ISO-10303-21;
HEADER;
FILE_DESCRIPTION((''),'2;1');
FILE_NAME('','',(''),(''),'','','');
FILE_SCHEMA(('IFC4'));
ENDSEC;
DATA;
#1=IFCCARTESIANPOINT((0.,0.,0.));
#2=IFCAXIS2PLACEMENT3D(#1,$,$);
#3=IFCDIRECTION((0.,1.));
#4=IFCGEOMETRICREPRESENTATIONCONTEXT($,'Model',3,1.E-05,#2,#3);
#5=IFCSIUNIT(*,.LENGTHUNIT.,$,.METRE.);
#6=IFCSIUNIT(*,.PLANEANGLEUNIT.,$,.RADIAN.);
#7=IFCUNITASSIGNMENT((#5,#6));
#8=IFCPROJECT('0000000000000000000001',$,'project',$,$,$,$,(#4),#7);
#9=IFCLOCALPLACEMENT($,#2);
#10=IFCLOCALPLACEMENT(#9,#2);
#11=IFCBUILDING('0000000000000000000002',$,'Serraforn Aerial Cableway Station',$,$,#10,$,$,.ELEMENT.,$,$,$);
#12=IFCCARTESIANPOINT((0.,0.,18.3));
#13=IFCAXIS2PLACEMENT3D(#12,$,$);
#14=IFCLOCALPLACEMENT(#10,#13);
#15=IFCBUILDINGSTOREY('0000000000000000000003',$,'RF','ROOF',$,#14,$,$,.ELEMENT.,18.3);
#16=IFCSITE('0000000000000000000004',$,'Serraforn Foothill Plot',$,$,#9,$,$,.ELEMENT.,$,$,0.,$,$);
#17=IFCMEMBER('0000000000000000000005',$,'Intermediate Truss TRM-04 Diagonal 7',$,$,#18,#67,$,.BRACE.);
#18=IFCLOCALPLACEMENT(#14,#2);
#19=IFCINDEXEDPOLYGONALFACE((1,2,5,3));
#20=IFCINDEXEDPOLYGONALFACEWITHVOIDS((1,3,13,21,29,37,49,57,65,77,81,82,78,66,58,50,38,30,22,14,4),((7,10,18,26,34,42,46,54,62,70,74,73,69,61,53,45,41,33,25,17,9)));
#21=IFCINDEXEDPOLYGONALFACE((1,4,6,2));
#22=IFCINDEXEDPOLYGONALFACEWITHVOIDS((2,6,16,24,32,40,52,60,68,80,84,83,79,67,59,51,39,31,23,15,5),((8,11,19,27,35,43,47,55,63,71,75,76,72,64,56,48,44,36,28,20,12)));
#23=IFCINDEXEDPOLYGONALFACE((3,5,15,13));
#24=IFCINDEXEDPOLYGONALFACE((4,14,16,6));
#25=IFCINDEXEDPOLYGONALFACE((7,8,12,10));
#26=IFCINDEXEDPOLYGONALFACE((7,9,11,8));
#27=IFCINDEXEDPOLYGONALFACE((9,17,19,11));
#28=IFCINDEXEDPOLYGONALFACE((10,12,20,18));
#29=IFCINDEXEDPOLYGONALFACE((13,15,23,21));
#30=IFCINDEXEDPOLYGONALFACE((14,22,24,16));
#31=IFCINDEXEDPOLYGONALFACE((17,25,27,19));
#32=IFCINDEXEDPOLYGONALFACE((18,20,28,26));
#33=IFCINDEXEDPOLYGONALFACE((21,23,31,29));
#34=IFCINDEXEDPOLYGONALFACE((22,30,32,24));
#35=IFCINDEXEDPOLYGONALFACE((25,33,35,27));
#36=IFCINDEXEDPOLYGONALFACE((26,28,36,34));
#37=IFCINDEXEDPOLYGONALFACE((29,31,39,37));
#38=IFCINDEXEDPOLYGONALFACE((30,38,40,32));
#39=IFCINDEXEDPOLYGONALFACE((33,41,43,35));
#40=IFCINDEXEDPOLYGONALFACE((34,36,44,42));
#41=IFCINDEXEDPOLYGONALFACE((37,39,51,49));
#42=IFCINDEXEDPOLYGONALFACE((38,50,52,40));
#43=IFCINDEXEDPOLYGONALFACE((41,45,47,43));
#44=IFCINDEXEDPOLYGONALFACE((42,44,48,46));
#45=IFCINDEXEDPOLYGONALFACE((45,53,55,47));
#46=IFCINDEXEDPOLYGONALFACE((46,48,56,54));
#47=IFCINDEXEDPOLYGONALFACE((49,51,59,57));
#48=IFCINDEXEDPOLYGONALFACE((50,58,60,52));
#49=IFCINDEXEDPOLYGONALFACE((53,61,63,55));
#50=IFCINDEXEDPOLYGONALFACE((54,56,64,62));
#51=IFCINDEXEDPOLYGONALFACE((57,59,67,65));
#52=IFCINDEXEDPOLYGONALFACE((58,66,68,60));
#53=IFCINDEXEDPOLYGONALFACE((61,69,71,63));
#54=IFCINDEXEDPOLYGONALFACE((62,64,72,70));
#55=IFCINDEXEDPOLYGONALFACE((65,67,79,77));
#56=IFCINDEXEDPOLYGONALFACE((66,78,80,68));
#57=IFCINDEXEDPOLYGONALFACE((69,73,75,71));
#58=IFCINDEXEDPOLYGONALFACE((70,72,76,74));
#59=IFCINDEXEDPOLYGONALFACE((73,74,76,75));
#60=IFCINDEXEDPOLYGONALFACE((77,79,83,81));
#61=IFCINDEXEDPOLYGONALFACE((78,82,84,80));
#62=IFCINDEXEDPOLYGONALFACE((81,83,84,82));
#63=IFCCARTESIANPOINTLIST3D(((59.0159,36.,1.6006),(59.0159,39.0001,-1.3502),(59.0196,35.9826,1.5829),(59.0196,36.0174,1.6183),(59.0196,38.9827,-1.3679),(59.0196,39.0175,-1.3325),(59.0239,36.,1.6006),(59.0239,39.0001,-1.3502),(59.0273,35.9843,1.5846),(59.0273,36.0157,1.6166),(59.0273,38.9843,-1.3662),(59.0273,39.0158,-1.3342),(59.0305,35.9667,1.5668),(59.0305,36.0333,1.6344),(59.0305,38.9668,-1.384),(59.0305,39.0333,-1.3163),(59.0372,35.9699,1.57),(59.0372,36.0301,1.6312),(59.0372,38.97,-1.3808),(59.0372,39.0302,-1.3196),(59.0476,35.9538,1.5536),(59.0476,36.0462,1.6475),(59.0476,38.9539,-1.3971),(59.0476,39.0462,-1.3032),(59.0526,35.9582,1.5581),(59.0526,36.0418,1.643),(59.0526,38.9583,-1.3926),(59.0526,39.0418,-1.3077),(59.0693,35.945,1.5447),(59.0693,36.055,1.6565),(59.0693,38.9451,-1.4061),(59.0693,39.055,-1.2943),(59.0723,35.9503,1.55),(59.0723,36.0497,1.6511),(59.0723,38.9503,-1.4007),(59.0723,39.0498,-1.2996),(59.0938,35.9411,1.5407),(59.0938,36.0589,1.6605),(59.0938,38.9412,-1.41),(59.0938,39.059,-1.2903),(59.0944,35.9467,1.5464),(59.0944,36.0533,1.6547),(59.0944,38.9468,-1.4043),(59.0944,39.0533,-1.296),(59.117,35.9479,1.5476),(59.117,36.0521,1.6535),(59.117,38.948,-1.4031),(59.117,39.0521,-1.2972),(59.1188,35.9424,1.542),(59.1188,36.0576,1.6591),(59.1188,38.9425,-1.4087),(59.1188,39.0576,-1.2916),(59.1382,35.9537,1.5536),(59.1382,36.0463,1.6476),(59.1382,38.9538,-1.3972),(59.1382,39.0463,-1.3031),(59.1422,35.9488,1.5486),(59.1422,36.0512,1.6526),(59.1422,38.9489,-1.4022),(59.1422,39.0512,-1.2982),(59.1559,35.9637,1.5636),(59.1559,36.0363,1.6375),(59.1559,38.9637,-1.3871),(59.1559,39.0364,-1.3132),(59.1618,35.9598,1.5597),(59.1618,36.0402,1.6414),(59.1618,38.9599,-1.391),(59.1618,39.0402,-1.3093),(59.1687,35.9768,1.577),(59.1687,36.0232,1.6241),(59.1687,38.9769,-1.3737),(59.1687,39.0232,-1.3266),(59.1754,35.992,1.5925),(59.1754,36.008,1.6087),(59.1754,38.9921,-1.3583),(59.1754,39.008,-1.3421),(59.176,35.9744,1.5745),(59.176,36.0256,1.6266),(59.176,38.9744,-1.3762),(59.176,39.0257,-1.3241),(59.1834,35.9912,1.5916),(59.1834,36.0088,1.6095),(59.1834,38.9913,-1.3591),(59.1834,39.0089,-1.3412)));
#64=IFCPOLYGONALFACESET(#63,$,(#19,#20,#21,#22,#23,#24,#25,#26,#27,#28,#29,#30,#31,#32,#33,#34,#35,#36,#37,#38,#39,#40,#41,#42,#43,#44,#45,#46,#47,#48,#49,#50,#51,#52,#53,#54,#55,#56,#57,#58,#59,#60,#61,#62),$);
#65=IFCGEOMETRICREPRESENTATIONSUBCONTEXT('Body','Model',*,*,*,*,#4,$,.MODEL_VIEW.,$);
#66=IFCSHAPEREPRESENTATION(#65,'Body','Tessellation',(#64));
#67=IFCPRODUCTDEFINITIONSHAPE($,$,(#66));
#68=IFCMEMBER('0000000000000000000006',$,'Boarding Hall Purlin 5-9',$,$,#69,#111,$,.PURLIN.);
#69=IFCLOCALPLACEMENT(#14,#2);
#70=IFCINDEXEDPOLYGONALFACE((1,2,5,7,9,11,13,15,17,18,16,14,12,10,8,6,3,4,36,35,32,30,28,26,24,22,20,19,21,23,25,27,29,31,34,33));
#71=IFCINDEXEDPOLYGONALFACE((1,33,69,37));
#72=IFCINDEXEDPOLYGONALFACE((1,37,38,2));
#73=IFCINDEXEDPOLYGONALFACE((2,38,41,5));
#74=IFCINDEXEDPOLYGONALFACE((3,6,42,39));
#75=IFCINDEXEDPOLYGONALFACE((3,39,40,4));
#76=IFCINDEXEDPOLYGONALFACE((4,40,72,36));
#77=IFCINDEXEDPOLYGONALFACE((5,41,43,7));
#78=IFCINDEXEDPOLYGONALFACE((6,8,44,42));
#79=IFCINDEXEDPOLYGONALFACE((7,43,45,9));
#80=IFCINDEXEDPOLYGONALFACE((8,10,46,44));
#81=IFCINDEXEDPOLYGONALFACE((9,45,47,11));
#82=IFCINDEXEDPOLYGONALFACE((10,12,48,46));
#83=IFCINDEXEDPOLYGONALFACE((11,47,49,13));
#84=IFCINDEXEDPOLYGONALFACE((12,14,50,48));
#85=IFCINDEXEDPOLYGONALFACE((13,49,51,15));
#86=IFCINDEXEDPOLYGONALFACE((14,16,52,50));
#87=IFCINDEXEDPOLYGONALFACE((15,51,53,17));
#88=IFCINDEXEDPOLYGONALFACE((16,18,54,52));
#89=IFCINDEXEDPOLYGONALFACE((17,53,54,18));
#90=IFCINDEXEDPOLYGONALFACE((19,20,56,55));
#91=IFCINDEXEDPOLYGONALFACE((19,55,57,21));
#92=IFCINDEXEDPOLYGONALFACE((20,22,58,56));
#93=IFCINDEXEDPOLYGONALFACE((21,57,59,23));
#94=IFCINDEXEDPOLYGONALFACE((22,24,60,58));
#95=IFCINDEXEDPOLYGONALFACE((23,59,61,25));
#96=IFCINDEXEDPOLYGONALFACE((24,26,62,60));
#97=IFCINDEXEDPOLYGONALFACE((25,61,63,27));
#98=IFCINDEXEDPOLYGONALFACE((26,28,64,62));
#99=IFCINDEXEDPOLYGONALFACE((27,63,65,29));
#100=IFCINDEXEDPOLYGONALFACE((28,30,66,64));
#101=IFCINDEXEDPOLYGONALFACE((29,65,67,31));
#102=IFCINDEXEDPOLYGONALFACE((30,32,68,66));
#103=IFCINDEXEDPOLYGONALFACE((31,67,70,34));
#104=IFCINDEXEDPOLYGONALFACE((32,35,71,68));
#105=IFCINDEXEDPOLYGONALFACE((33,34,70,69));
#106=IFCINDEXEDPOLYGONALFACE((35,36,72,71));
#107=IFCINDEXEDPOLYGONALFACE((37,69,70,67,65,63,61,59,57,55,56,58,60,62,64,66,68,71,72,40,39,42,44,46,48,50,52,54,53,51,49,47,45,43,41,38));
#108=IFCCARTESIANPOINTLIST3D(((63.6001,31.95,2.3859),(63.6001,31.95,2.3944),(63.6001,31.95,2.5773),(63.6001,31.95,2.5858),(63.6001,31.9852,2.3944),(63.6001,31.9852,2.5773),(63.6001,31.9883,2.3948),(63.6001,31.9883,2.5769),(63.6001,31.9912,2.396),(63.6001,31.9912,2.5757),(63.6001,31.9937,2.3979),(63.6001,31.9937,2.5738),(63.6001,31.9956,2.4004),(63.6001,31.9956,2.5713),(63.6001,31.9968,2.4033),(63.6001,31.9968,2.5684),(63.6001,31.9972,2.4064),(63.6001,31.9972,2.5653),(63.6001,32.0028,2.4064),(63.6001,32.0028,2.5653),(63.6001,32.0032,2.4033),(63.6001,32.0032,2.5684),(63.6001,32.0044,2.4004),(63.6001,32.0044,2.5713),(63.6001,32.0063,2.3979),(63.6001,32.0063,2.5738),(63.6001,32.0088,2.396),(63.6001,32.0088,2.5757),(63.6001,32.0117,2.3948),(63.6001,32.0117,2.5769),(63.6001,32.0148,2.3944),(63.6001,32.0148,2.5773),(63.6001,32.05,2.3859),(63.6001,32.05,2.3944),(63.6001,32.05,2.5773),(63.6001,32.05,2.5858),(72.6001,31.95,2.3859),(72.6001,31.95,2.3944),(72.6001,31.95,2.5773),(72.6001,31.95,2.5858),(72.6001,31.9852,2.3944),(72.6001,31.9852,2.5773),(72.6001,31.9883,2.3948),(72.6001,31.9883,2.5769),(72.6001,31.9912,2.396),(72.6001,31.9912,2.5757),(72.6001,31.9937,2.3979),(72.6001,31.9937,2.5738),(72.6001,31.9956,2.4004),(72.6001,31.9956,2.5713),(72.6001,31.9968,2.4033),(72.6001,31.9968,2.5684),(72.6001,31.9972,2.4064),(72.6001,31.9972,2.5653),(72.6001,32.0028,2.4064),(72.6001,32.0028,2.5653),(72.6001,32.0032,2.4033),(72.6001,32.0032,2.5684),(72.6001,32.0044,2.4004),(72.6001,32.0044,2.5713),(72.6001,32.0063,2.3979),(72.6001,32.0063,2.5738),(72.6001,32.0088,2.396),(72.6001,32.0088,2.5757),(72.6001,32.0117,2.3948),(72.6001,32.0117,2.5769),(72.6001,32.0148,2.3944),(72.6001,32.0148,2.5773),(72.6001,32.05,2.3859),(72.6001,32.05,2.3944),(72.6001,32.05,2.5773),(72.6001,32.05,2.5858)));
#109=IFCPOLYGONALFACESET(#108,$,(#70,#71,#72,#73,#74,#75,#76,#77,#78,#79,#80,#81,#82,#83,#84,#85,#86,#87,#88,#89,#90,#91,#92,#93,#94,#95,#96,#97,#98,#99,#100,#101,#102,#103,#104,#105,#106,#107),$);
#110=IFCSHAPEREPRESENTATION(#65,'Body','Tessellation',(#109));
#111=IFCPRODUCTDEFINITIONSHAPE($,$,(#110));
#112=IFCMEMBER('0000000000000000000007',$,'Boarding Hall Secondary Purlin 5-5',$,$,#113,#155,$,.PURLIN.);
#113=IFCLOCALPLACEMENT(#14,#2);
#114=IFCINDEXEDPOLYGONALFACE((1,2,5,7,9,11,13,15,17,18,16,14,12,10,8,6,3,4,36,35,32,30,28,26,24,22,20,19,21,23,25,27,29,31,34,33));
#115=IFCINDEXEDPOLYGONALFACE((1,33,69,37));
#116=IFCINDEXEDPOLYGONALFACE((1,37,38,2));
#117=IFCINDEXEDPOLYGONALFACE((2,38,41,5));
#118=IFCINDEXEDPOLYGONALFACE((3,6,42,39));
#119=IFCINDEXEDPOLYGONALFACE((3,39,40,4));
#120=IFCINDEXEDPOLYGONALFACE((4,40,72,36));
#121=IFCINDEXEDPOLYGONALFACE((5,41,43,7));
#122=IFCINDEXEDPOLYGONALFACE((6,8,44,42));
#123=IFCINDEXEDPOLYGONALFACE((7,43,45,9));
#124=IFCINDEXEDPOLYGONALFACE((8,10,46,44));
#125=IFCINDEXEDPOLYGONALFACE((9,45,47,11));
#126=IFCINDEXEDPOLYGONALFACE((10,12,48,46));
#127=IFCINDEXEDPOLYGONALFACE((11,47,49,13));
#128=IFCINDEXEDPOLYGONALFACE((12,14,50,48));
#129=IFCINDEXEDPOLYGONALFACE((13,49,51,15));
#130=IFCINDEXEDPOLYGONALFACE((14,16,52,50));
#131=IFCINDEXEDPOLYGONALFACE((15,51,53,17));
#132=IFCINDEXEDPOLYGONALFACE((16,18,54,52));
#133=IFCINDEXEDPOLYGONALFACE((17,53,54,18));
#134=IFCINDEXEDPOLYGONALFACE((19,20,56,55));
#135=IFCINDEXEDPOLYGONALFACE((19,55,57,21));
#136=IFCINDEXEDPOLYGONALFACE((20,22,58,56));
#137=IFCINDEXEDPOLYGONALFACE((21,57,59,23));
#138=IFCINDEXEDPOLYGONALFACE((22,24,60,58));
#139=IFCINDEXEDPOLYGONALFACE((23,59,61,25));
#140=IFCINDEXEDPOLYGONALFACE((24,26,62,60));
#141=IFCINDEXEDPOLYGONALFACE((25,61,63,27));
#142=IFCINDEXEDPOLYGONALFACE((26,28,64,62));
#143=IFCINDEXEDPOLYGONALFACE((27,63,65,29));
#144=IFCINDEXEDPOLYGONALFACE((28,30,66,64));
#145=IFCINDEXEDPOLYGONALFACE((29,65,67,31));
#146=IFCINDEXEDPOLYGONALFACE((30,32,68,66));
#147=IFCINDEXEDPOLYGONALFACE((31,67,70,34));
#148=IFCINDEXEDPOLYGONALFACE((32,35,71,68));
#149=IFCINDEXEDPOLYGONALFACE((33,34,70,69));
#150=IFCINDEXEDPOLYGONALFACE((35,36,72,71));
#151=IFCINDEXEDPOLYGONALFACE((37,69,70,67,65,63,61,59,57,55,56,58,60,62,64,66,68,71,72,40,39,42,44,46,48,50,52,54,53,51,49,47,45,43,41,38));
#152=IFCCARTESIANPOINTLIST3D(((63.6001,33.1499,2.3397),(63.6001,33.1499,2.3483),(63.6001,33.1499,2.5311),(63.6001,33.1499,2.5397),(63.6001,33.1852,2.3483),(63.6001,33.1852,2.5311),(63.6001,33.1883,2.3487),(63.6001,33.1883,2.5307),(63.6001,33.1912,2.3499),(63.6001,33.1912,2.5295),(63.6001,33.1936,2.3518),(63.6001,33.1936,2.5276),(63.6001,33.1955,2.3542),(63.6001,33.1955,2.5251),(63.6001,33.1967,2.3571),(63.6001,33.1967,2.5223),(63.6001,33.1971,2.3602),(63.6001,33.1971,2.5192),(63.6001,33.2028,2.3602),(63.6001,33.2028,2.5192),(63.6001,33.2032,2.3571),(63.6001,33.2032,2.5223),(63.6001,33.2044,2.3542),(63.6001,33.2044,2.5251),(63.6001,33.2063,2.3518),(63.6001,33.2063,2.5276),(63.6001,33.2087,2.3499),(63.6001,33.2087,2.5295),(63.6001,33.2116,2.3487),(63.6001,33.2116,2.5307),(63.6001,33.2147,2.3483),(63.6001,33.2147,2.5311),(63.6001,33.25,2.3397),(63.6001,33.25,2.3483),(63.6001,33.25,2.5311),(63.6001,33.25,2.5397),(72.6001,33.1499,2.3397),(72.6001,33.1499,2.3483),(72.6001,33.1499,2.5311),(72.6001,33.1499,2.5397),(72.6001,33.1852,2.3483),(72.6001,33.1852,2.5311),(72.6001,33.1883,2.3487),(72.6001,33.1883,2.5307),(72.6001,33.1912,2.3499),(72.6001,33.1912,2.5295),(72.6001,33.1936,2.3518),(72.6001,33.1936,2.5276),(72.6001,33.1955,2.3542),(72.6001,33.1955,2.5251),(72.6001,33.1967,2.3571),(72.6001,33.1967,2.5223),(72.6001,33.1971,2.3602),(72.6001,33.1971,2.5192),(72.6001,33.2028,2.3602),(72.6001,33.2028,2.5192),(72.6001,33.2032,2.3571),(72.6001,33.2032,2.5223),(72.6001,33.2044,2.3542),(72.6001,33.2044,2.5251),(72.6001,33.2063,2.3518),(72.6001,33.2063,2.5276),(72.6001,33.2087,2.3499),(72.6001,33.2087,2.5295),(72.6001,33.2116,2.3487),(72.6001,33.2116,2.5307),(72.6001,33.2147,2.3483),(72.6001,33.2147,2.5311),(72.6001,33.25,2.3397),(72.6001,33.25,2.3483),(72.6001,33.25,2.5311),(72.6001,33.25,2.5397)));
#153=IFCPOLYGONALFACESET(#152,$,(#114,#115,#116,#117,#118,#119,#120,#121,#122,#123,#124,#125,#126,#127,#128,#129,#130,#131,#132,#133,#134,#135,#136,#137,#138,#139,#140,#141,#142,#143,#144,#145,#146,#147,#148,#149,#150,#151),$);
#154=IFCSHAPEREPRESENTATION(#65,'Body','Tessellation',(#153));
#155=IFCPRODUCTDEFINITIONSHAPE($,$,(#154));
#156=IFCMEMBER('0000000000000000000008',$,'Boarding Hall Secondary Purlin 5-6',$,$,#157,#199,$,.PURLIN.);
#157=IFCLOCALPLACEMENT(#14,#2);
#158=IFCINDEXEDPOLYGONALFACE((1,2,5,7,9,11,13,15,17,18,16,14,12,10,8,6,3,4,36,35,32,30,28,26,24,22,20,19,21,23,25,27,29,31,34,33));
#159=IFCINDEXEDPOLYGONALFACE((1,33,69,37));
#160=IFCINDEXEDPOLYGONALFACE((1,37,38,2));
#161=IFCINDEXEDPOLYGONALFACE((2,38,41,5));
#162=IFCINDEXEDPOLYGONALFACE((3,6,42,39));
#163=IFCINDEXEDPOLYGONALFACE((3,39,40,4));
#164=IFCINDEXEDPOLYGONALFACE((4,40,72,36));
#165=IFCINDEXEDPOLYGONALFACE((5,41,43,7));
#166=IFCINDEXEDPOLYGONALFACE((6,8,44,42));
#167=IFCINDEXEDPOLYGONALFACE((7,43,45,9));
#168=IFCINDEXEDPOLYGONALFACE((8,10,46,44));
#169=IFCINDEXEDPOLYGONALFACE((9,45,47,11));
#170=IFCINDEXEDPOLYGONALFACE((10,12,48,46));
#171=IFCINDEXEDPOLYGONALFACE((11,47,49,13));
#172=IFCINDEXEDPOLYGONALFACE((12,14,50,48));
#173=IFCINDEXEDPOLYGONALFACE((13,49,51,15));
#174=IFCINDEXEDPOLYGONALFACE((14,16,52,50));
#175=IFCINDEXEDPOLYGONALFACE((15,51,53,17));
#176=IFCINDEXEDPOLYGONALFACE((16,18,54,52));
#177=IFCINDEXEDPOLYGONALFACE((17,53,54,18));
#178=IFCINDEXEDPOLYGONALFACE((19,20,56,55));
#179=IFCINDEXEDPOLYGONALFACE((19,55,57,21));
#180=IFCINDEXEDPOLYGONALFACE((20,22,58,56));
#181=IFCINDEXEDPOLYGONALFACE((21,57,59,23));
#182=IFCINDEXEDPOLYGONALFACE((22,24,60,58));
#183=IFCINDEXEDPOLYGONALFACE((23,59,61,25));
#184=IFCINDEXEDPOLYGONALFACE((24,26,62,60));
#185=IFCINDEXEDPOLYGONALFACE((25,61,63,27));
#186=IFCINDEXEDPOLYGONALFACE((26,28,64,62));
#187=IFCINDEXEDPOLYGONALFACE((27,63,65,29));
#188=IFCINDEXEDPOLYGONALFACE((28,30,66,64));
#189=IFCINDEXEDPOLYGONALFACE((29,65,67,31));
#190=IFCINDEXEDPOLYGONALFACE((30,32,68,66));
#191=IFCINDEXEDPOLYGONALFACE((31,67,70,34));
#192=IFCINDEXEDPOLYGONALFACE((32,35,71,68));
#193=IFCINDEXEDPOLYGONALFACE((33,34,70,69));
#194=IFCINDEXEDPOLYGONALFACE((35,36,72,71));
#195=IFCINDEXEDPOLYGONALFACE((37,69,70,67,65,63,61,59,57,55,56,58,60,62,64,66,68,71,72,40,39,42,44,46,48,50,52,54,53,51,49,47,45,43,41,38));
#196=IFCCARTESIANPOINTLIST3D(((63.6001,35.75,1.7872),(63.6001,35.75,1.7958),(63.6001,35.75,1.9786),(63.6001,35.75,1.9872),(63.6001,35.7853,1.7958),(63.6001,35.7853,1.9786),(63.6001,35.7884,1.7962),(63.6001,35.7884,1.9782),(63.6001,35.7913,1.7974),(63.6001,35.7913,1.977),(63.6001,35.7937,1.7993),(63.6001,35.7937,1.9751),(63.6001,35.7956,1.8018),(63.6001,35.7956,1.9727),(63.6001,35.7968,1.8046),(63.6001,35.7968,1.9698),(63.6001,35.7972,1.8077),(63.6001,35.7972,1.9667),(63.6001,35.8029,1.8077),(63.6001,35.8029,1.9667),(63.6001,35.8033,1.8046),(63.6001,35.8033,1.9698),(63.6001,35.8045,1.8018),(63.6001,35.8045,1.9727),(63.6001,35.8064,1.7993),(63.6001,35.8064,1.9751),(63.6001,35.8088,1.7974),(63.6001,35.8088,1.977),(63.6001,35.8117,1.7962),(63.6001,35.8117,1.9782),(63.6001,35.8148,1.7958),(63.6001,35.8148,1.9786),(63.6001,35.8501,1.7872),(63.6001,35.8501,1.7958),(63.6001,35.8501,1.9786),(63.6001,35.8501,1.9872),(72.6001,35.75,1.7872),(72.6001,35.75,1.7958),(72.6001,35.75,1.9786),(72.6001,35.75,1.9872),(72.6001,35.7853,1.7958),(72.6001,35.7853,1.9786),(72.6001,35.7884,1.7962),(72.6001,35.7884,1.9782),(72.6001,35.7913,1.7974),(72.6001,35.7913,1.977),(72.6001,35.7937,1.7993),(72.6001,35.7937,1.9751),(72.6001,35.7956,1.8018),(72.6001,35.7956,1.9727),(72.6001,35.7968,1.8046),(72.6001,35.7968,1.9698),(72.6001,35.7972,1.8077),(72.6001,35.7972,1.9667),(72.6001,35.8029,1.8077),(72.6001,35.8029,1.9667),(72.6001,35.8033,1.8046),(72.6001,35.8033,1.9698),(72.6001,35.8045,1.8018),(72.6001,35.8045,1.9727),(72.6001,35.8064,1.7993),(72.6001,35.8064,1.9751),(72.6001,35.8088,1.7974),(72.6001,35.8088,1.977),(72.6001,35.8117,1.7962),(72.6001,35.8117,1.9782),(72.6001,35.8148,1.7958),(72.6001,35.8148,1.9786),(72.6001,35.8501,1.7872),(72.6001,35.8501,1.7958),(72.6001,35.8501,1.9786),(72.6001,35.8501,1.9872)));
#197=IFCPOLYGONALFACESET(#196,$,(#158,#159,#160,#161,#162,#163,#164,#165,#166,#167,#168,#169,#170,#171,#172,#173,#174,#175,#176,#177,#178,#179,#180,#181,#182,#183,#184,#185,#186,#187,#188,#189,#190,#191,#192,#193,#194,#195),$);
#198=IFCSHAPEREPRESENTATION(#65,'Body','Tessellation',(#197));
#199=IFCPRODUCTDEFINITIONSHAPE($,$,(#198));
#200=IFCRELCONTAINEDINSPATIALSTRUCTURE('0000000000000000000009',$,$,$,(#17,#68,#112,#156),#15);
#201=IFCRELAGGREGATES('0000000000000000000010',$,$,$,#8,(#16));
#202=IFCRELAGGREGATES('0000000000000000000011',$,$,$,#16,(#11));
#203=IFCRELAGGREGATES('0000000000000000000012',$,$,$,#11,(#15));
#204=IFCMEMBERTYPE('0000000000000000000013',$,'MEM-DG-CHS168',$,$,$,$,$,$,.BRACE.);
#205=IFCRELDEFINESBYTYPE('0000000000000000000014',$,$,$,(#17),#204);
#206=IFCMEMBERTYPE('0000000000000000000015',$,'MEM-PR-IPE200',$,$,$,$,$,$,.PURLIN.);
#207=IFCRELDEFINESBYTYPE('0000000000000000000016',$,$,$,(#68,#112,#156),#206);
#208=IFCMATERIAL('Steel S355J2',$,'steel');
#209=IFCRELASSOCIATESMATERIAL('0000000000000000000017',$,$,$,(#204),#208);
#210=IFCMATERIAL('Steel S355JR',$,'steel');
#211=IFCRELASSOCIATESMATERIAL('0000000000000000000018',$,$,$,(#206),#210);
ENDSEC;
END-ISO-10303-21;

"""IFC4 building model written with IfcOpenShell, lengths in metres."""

from ifc_helpers import new_model, si_unit, direction, frame, origin, origin_2d, place, context, subcontext, project, spatial, hollow_circle, i_section, extrude, material, material_profile, profile_set, type_object, element, save


model = new_model("IFC4")

# Units and contexts
model_context = context("Model", 3, precision=1e-05, world=origin(), true_north=direction((0.0, 1.0)))
body_context = subcontext(model_context, "Body", "Model", "MODEL_VIEW")
ifc_project = project(units=[si_unit("LENGTHUNIT", "METRE"), si_unit("PLANEANGLEUNIT", "RADIAN")], contexts=[model_context])

# Site, building, storey
site_placement = place(None, origin())
site = spatial("IfcSite", under=ifc_project, at=site_placement, Name="Serraforn Foothill Plot", CompositionType="ELEMENT", RefElevation=0.0)
building_placement = place(site_placement, origin())
building = spatial("IfcBuilding", under=site, at=building_placement, Name="Serraforn Aerial Cableway Station", CompositionType="ELEMENT")
storey_placement = place(building_placement, frame((0.0, 0.0, 18.3)))
storey = spatial("IfcBuildingStorey", under=building, at=storey_placement, Name="RF", Description="ROOF", CompositionType="ELEMENT", Elevation=18.3)

# Members
ifc_material_1 = material(Name="Steel S355J2", Category="steel")
ifc_material_profile_1 = material_profile(ifc_material_1, hollow_circle(Radius=0.0842, WallThickness=0.0081, at=origin_2d()), Name="CHS 168.3x8.0")
ifc_profile_set_1 = profile_set([ifc_material_profile_1], Name="Steel S355J2")
member_type_1 = type_object("IfcMemberType", Name="MEM-DG-CHS168", PredefinedType="BRACE", material=ifc_profile_set_1)
for number, where, z_axis, x_axis, name in (
    (1, (59.1001, 36.0, 1.6006), (0.0, 0.712942, -0.701223), (-1.0, 0.0, 0.0), "Intermediate Truss TRM-04 Diagonal 7"),
):
    element("IfcMember", number, at=place(storey_placement, frame(where, z_axis=z_axis, x_axis=x_axis)), inside=storey, type_object=member_type_1, Name=name, PredefinedType="BRACE", context=body_context, shape_type="SweptSolid", body=[
        extrude(hollow_circle(Radius=0.0842, WallThickness=0.0081, at=origin_2d()), origin(), (0.0, 0.0, 1.0), 4.208),
    ])
ifc_material_2 = material(Name="Steel S355JR", Category="steel")
ifc_material_profile_2 = material_profile(ifc_material_2, i_section(OverallWidth=0.1001, OverallDepth=0.2, WebThickness=0.0056, FlangeThickness=0.0085, FilletRadius=0.012, at=origin_2d()), Name="IPE 200")
ifc_profile_set_2 = profile_set([ifc_material_profile_2], Name="Steel S355JR")
member_type_2 = type_object("IfcMemberType", Name="MEM-PR-IPE200", PredefinedType="PURLIN", material=ifc_profile_set_2)
for number, where, z_axis, x_axis, name in (
    (2, (63.6001, 32.0, 2.4858), (1.0, 0.0, 0.0), (0.0, 1.0, 0.0), "Boarding Hall Purlin 5-9"),
    (3, (63.6001, 33.2, 2.4397), (1.0, 0.0, 0.0), (0.0, 1.0, 0.0), "Boarding Hall Secondary Purlin 5-5"),
    (4, (63.6001, 35.8, 1.8872), (1.0, 0.0, 0.0), (0.0, 1.0, 0.0), "Boarding Hall Secondary Purlin 5-6"),
):
    element("IfcMember", number, at=place(storey_placement, frame(where, z_axis=z_axis, x_axis=x_axis)), inside=storey, type_object=member_type_2, Name=name, PredefinedType="PURLIN", context=body_context, shape_type="SweptSolid", body=[
        extrude(i_section(OverallWidth=0.1001, OverallDepth=0.2, WebThickness=0.0056, FlangeThickness=0.0085, FilletRadius=0.012, at=origin_2d()), origin(), (0.0, 0.0, 1.0), 9.0),
    ])

save(model, "model.ifc")
